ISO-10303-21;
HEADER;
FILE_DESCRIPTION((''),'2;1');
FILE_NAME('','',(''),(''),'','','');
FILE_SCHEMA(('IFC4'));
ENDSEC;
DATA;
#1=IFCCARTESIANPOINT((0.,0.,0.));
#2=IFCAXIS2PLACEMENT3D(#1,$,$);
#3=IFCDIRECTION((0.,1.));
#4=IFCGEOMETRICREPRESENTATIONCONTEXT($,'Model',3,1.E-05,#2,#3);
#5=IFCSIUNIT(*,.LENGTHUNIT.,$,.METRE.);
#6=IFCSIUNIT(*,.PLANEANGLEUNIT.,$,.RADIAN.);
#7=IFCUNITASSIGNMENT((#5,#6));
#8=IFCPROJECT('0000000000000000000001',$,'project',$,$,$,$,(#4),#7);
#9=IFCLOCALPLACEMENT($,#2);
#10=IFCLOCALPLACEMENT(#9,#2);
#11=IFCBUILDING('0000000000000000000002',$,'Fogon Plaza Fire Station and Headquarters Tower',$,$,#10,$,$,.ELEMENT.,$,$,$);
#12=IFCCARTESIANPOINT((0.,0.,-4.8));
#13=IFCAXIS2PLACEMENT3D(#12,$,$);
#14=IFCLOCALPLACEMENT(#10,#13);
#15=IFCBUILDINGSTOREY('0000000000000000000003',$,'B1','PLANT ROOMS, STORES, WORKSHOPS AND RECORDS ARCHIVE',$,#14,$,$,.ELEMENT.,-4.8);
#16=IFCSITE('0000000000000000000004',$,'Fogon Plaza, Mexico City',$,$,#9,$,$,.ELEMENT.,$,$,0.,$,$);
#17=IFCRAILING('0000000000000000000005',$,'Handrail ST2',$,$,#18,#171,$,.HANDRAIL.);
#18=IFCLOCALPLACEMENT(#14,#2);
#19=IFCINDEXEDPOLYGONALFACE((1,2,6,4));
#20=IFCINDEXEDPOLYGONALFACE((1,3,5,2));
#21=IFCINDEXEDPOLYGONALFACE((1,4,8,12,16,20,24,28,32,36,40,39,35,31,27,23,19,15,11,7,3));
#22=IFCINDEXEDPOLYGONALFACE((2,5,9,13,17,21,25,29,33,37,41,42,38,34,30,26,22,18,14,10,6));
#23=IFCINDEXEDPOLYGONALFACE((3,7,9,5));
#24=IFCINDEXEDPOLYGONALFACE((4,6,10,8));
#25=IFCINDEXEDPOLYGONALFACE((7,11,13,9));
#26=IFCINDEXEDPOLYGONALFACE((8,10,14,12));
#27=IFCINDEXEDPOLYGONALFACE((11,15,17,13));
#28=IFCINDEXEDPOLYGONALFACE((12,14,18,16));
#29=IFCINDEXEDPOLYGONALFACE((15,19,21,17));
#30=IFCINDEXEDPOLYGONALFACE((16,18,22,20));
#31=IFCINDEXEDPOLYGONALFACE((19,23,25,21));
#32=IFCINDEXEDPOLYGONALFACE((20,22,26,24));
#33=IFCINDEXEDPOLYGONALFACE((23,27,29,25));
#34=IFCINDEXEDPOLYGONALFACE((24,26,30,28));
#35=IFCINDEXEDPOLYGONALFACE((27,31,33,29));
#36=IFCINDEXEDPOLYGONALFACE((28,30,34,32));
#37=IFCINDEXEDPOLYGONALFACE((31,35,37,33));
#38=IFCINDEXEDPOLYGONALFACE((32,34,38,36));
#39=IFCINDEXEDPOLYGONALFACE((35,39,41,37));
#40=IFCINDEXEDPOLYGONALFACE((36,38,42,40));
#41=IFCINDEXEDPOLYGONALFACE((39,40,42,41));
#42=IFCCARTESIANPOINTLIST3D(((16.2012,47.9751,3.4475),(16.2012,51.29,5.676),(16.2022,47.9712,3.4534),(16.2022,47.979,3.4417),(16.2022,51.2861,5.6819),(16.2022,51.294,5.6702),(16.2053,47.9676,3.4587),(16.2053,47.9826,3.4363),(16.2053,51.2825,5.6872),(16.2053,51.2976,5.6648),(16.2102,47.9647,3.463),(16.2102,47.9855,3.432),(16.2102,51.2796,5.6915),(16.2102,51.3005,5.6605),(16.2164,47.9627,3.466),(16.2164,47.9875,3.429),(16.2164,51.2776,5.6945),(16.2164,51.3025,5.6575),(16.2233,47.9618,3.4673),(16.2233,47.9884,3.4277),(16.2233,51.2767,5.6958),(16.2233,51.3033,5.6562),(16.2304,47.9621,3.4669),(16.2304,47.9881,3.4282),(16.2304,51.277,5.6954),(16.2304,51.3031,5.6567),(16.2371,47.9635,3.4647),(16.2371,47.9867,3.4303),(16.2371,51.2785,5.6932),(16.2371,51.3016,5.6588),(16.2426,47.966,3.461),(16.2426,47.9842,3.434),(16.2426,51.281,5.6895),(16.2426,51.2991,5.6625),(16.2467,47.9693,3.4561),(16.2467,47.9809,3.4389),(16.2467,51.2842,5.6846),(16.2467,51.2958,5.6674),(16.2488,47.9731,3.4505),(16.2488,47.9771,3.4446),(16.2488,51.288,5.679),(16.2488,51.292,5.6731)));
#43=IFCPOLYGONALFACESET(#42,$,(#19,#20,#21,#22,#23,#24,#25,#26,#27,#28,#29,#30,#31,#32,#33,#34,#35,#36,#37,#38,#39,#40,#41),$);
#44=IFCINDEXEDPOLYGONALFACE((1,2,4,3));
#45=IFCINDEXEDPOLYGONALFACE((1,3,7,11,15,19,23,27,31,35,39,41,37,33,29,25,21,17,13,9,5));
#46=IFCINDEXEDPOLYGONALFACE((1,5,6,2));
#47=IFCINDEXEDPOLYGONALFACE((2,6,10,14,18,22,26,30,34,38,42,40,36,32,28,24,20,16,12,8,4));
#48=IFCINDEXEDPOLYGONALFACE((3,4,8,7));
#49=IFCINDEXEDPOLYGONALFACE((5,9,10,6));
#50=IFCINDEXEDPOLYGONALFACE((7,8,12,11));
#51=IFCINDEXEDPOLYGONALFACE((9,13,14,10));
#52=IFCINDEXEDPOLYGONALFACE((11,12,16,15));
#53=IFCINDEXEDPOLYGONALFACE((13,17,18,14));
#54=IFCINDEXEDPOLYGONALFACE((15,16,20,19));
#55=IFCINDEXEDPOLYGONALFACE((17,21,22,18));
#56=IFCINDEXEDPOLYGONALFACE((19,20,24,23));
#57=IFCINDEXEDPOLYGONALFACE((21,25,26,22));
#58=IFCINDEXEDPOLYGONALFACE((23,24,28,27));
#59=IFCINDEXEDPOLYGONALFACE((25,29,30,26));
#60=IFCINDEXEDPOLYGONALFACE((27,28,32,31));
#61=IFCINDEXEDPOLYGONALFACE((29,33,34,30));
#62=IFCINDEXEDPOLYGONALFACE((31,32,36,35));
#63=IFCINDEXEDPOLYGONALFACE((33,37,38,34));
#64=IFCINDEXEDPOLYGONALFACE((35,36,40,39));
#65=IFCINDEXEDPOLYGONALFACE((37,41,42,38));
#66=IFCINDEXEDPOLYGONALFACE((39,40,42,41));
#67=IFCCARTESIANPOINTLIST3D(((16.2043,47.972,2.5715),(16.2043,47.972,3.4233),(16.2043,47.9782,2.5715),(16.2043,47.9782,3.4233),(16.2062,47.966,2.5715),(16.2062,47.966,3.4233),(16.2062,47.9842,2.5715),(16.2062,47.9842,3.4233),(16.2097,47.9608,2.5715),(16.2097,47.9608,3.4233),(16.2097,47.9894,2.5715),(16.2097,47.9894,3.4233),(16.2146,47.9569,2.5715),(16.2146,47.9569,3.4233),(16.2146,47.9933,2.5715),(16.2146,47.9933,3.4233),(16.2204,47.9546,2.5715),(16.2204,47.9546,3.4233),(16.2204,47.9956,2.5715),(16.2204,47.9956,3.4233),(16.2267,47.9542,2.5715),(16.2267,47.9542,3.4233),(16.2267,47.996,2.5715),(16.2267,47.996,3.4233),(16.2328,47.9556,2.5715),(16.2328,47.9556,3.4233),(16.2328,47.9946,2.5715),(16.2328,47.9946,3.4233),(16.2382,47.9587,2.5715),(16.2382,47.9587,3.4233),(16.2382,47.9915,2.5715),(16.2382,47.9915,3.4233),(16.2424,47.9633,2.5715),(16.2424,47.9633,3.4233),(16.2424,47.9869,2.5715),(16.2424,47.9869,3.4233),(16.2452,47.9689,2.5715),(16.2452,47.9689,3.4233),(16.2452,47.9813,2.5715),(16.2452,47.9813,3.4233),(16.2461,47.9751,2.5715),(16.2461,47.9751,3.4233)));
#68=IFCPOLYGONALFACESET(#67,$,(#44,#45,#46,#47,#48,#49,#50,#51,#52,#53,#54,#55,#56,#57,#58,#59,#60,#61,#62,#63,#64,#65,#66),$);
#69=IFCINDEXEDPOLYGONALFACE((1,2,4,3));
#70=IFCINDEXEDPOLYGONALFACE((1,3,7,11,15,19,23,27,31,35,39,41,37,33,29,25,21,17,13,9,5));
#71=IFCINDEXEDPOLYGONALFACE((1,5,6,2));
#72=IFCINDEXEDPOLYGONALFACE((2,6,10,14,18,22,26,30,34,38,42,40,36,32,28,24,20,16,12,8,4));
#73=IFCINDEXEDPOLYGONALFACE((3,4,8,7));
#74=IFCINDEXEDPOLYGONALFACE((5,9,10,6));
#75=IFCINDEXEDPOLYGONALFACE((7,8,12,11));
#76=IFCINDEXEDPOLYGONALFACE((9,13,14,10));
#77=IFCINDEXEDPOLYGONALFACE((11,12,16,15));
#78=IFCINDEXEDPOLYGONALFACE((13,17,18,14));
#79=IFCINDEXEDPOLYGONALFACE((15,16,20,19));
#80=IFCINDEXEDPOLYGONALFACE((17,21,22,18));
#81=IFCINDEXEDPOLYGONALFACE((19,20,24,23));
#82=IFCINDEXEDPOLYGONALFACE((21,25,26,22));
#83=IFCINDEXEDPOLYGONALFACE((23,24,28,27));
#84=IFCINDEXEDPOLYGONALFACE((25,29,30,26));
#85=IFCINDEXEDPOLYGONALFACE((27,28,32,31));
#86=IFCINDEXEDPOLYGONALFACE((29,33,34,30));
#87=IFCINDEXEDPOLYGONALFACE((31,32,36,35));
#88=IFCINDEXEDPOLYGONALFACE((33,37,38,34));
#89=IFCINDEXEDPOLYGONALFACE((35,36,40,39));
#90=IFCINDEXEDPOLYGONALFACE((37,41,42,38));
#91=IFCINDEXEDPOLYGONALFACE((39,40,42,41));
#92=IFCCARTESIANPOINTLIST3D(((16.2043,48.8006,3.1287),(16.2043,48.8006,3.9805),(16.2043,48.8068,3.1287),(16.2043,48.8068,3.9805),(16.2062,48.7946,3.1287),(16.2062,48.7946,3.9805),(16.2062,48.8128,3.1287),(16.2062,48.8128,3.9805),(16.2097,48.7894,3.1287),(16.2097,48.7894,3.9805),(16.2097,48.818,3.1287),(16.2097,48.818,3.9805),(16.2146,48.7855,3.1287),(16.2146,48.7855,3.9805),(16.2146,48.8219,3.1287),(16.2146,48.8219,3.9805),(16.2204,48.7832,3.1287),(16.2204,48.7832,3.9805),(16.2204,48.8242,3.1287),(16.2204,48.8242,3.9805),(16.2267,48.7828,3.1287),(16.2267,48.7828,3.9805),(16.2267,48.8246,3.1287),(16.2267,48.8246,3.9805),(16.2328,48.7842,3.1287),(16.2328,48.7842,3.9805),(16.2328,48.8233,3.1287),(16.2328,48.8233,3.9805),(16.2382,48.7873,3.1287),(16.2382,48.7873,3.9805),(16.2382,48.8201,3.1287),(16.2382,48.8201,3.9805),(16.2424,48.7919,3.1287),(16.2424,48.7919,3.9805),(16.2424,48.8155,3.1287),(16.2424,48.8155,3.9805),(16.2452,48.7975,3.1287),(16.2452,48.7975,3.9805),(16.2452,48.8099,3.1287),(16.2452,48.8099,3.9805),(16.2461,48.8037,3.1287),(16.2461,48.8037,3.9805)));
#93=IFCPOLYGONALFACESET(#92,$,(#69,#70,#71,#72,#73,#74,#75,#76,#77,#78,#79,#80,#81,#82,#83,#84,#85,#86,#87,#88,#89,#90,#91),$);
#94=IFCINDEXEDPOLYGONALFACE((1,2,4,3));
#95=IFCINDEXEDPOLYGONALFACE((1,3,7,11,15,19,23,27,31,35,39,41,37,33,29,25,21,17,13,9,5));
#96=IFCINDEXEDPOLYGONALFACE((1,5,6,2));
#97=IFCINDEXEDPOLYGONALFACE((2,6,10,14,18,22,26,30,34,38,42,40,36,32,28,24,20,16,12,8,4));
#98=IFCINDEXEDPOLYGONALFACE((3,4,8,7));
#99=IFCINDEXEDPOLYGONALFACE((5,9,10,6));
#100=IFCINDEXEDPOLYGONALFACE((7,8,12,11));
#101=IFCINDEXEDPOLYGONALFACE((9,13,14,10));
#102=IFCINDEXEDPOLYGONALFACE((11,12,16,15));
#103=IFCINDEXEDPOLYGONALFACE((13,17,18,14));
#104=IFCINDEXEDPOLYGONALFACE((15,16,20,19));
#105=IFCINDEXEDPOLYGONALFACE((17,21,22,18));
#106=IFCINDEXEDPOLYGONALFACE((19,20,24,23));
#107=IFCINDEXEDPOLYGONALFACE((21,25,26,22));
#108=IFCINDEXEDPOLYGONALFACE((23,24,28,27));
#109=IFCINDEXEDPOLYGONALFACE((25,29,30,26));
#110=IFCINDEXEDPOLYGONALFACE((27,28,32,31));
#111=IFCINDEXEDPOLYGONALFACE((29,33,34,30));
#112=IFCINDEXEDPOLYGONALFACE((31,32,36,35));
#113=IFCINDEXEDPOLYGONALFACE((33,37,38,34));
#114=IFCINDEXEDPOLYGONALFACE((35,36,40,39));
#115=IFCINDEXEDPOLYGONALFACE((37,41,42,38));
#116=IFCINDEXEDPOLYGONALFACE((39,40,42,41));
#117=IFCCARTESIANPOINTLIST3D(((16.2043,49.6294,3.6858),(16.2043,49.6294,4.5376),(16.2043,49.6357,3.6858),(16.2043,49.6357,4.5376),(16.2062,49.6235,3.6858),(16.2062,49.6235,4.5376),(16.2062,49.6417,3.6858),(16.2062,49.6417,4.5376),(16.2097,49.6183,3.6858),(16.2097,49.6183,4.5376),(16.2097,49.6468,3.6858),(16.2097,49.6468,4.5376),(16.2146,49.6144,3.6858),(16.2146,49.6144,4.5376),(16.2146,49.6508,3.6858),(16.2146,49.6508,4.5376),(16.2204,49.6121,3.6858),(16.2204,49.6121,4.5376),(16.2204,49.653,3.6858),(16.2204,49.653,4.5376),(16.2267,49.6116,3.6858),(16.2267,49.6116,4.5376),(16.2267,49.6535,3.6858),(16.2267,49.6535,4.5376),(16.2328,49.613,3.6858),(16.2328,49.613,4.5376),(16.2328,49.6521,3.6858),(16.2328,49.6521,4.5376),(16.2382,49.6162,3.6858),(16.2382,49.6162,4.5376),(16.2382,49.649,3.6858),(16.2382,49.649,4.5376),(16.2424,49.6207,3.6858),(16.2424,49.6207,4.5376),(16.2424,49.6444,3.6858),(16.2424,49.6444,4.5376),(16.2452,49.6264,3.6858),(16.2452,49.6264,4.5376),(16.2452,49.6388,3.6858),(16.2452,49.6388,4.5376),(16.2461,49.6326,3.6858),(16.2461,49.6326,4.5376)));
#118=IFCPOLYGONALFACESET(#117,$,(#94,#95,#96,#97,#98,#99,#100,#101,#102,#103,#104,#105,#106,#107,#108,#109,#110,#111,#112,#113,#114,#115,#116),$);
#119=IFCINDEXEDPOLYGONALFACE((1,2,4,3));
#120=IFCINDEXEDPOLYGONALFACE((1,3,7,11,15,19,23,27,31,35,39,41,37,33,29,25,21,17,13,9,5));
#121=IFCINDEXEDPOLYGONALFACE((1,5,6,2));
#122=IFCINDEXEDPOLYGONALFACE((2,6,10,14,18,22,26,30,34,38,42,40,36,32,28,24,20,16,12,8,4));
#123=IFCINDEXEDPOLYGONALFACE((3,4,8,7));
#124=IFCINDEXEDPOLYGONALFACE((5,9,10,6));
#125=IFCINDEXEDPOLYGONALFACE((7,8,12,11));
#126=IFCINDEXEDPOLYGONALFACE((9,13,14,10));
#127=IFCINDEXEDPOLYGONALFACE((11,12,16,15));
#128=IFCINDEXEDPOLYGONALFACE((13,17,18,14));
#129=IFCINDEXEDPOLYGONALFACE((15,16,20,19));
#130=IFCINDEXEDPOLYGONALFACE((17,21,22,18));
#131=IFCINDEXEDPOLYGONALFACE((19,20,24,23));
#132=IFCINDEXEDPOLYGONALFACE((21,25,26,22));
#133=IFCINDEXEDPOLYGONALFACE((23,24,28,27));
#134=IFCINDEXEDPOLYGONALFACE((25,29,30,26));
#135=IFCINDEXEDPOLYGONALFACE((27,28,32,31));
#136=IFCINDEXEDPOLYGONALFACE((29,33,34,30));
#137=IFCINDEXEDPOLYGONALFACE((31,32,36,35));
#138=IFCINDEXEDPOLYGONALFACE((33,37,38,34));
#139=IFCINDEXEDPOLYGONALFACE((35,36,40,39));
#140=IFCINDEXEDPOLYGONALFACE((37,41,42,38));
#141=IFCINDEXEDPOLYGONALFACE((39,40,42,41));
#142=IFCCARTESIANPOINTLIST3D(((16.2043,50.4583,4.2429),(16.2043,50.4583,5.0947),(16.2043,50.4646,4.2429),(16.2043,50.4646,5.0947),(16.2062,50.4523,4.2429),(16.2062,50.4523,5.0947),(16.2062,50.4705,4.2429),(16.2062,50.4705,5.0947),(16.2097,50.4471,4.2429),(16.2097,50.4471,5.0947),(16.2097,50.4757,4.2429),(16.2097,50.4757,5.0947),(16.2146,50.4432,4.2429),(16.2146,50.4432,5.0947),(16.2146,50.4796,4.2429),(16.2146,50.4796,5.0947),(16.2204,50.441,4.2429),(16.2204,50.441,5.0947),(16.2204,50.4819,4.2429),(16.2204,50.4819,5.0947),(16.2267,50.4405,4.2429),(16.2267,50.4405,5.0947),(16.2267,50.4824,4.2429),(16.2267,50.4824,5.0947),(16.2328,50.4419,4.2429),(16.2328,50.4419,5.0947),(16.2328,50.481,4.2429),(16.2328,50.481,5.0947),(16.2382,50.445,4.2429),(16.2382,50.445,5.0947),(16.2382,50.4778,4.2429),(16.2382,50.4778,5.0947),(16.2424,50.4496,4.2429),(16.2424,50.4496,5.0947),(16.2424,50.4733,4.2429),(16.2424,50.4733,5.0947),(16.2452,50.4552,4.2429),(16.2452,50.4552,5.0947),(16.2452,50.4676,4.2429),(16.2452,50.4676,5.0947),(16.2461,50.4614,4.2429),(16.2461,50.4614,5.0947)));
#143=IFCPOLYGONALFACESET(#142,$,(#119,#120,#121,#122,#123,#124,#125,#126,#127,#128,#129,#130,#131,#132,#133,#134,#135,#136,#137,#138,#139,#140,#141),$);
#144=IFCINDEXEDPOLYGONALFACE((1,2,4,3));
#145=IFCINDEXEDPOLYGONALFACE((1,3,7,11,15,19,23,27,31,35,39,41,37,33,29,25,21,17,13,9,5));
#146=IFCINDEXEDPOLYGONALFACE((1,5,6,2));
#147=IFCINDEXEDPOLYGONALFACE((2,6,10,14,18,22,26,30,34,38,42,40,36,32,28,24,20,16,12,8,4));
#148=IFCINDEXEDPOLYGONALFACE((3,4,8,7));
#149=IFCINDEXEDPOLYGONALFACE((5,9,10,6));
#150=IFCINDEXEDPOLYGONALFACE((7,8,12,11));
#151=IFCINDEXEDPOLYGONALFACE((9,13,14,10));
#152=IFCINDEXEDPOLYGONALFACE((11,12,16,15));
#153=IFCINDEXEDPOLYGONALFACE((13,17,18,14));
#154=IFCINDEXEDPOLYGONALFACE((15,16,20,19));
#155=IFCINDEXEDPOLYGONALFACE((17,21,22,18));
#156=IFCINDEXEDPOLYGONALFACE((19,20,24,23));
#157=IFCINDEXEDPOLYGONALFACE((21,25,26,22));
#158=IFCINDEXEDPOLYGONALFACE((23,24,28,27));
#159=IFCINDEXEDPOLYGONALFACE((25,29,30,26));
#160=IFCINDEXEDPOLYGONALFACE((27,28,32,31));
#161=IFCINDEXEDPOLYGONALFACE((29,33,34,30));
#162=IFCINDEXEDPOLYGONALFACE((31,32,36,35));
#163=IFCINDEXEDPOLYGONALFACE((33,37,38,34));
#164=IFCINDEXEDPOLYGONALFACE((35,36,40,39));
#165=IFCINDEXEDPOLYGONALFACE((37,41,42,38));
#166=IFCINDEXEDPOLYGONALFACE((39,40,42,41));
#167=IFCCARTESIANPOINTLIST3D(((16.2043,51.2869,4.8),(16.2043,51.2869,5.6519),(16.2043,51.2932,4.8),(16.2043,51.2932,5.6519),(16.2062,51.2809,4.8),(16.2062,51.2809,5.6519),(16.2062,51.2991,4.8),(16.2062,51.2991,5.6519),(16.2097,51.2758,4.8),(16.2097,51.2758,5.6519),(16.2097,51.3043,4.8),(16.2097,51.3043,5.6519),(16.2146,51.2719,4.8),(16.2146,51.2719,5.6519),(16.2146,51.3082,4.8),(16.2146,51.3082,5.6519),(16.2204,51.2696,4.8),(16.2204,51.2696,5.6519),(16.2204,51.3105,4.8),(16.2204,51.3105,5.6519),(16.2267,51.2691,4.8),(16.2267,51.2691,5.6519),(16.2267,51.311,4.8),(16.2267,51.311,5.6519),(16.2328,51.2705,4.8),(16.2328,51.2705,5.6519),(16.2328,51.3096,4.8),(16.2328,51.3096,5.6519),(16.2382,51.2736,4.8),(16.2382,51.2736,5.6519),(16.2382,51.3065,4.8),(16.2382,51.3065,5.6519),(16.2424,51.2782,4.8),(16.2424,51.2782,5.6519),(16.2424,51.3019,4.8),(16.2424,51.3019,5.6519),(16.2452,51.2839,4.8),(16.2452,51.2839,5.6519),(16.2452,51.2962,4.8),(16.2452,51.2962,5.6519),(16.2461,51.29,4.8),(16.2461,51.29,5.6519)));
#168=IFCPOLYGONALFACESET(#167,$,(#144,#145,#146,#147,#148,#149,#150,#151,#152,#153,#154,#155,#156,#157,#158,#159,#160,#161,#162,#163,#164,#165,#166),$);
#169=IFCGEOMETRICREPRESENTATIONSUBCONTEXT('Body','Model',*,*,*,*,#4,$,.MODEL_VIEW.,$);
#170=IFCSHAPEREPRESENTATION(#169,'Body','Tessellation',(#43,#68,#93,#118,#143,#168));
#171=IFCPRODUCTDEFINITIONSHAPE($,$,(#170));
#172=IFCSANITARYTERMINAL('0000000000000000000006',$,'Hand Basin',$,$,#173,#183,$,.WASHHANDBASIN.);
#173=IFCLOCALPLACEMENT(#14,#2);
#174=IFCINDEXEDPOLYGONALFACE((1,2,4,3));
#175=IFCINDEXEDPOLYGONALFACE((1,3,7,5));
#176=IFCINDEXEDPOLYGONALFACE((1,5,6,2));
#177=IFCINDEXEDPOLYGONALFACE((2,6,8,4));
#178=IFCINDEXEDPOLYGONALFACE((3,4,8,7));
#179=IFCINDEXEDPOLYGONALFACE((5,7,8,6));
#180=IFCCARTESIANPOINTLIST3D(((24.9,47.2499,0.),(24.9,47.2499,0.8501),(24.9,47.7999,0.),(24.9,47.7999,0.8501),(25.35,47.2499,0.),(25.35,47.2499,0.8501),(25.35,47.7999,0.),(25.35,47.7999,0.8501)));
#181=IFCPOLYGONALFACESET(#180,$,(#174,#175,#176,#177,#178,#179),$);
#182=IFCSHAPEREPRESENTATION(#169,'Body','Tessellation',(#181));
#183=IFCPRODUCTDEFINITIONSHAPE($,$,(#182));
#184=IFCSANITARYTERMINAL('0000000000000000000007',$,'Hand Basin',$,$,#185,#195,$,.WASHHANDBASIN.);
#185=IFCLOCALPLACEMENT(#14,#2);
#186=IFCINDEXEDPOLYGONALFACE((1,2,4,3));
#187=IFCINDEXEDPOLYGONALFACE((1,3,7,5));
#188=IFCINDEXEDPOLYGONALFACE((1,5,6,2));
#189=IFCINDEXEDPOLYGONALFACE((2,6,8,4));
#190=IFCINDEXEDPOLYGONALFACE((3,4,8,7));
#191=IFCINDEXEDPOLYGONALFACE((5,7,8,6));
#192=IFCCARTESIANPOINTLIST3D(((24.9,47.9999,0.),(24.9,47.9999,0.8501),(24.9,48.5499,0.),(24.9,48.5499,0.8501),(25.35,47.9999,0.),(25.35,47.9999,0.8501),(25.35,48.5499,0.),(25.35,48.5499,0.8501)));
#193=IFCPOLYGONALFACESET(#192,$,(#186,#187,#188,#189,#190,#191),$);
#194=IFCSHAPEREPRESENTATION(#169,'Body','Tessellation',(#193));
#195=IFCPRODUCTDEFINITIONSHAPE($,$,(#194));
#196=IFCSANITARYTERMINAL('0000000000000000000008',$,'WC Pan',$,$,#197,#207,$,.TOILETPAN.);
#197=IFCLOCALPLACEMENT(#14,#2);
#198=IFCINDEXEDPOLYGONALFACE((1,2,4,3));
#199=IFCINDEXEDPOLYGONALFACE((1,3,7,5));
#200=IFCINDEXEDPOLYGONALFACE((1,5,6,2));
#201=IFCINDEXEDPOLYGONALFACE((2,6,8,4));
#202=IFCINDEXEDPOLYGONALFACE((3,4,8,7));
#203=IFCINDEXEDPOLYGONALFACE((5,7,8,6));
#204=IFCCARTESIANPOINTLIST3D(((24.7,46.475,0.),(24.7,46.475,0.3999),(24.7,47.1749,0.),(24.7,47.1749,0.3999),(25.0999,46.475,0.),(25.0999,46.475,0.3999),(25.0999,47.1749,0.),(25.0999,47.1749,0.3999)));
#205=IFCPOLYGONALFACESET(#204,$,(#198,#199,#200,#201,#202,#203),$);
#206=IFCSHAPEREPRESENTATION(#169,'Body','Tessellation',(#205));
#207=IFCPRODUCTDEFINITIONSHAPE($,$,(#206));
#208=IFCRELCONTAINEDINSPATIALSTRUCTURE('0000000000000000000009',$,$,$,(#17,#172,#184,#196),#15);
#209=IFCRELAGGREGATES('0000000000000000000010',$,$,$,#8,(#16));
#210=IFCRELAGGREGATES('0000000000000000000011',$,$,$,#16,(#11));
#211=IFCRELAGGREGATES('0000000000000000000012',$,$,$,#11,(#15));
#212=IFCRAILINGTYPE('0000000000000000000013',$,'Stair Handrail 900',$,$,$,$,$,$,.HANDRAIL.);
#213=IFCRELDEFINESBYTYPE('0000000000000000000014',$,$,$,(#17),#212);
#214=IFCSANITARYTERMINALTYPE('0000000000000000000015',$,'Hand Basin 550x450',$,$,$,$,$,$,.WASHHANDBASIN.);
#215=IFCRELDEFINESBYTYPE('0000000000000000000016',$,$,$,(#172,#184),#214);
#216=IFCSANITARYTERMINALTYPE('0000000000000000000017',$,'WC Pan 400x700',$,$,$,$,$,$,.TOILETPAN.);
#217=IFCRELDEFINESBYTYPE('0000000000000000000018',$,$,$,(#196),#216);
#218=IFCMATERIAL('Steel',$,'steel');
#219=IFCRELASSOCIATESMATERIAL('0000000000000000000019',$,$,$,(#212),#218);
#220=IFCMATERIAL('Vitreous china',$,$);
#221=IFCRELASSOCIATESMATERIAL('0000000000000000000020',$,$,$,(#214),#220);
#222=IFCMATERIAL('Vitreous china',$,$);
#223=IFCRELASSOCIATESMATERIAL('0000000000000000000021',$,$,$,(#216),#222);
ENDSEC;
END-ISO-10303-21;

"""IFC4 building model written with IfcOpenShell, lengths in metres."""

from ifc_helpers import new_model, si_unit, direction, frame, origin, origin_2d, place, context, subcontext, project, spatial, rectangle, circle, extrude, material, type_object, element, save


model = new_model("IFC4")

# Units and contexts
model_context = context("Model", 3, precision=1e-05, world=origin(), true_north=direction((0.0, 1.0)))
body_context = subcontext(model_context, "Body", "Model", "MODEL_VIEW")
ifc_project = project(units=[si_unit("LENGTHUNIT", "METRE"), si_unit("PLANEANGLEUNIT", "RADIAN")], contexts=[model_context])

# Site, building, storey
site_placement = place(None, origin())
site = spatial("IfcSite", under=ifc_project, at=site_placement, Name="Fogon Plaza, Mexico City", CompositionType="ELEMENT", RefElevation=0.0)
building_placement = place(site_placement, origin())
building = spatial("IfcBuilding", under=site, at=building_placement, Name="Fogon Plaza Fire Station and Headquarters Tower", CompositionType="ELEMENT")
storey_placement = place(building_placement, frame((0.0, 0.0, -4.8)))
storey = spatial("IfcBuildingStorey", under=building, at=storey_placement, Name="B1", Description="PLANT ROOMS, STORES, WORKSHOPS AND RECORDS ARCHIVE", CompositionType="ELEMENT", Elevation=-4.8)

# Railing
ifc_material_1 = material(Name="Steel", Category="steel")
railing_type = type_object("IfcRailingType", Name="Stair Handrail 900", PredefinedType="HANDRAIL", material=ifc_material_1)
railing_placement = place(storey_placement, frame((16.2251, 47.9751, 2.5715)))
element("IfcRailing", 1, at=railing_placement, inside=storey, type_object=railing_type, Name="Handrail ST2", PredefinedType="HANDRAIL", context=body_context, shape_type="SweptSolid", body=[
    extrude(circle(Radius=0.0239, at=origin_2d()), frame((0.0, 0.0, 0.876), z_axis=(0.0, 0.8299, 0.557912), x_axis=(-1.0, 0.0, 0.0)), (0.0, 0.0, 1.0), 3.9944),
    extrude(circle(Radius=0.021, at=origin_2d()), origin(), (0.0, 0.0, 1.0), 0.8518),
    extrude(circle(Radius=0.021, at=origin_2d()), frame((0.0, 0.8286, 0.5571)), (0.0, 0.0, 1.0), 0.8518),
    extrude(circle(Radius=0.021, at=origin_2d()), frame((0.0, 1.6575, 1.1143)), (0.0, 0.0, 1.0), 0.8518),
    extrude(circle(Radius=0.021, at=origin_2d()), frame((0.0, 2.4863, 1.6714)), (0.0, 0.0, 1.0), 0.8518),
    extrude(circle(Radius=0.021, at=origin_2d()), frame((0.0, 3.3149, 2.2285)), (0.0, 0.0, 1.0), 0.8518),
])

# Sanitary terminals
ifc_material_2 = material(Name="Vitreous china")
sanitary_terminal_type_1 = type_object("IfcSanitaryTerminalType", Name="Hand Basin 550x450", PredefinedType="WASHHANDBASIN", material=ifc_material_2)
for number, where, z_axis, x_axis, name in (
    (2, (25.125, 47.5249, 0.0), (0.0, 0.0, 1.0), (1.0, 0.0, 0.0), "Hand Basin"),
    (3, (25.125, 48.2749, 0.0), (0.0, 0.0, 1.0), (1.0, 0.0, 0.0), "Hand Basin"),
):
    element("IfcSanitaryTerminal", number, at=place(storey_placement, frame(where, z_axis=z_axis, x_axis=x_axis)), inside=storey, type_object=sanitary_terminal_type_1, Name=name, PredefinedType="WASHHANDBASIN", context=body_context, shape_type="SweptSolid", body=[
        extrude(rectangle(XDim=0.45, YDim=0.55, at=origin_2d()), origin(), (0.0, 0.0, 1.0), 0.8501),
    ])
ifc_material_3 = material(Name="Vitreous china")
sanitary_terminal_type_2 = type_object("IfcSanitaryTerminalType", Name="WC Pan 400x700", PredefinedType="TOILETPAN", material=ifc_material_3)
sanitary_terminal_placement = place(storey_placement, frame((24.8999, 46.825, 0.0), z_axis=(0.0, 0.0, 1.0), x_axis=(1.0, 0.0, 0.0)))
element("IfcSanitaryTerminal", 4, at=sanitary_terminal_placement, inside=storey, type_object=sanitary_terminal_type_2, Name="WC Pan", PredefinedType="TOILETPAN", context=body_context, shape_type="SweptSolid", body=[
    extrude(rectangle(XDim=0.3999, YDim=0.7, at=origin_2d()), origin(), (0.0, 0.0, 1.0), 0.3999),
])

save(model, "model.ifc")
